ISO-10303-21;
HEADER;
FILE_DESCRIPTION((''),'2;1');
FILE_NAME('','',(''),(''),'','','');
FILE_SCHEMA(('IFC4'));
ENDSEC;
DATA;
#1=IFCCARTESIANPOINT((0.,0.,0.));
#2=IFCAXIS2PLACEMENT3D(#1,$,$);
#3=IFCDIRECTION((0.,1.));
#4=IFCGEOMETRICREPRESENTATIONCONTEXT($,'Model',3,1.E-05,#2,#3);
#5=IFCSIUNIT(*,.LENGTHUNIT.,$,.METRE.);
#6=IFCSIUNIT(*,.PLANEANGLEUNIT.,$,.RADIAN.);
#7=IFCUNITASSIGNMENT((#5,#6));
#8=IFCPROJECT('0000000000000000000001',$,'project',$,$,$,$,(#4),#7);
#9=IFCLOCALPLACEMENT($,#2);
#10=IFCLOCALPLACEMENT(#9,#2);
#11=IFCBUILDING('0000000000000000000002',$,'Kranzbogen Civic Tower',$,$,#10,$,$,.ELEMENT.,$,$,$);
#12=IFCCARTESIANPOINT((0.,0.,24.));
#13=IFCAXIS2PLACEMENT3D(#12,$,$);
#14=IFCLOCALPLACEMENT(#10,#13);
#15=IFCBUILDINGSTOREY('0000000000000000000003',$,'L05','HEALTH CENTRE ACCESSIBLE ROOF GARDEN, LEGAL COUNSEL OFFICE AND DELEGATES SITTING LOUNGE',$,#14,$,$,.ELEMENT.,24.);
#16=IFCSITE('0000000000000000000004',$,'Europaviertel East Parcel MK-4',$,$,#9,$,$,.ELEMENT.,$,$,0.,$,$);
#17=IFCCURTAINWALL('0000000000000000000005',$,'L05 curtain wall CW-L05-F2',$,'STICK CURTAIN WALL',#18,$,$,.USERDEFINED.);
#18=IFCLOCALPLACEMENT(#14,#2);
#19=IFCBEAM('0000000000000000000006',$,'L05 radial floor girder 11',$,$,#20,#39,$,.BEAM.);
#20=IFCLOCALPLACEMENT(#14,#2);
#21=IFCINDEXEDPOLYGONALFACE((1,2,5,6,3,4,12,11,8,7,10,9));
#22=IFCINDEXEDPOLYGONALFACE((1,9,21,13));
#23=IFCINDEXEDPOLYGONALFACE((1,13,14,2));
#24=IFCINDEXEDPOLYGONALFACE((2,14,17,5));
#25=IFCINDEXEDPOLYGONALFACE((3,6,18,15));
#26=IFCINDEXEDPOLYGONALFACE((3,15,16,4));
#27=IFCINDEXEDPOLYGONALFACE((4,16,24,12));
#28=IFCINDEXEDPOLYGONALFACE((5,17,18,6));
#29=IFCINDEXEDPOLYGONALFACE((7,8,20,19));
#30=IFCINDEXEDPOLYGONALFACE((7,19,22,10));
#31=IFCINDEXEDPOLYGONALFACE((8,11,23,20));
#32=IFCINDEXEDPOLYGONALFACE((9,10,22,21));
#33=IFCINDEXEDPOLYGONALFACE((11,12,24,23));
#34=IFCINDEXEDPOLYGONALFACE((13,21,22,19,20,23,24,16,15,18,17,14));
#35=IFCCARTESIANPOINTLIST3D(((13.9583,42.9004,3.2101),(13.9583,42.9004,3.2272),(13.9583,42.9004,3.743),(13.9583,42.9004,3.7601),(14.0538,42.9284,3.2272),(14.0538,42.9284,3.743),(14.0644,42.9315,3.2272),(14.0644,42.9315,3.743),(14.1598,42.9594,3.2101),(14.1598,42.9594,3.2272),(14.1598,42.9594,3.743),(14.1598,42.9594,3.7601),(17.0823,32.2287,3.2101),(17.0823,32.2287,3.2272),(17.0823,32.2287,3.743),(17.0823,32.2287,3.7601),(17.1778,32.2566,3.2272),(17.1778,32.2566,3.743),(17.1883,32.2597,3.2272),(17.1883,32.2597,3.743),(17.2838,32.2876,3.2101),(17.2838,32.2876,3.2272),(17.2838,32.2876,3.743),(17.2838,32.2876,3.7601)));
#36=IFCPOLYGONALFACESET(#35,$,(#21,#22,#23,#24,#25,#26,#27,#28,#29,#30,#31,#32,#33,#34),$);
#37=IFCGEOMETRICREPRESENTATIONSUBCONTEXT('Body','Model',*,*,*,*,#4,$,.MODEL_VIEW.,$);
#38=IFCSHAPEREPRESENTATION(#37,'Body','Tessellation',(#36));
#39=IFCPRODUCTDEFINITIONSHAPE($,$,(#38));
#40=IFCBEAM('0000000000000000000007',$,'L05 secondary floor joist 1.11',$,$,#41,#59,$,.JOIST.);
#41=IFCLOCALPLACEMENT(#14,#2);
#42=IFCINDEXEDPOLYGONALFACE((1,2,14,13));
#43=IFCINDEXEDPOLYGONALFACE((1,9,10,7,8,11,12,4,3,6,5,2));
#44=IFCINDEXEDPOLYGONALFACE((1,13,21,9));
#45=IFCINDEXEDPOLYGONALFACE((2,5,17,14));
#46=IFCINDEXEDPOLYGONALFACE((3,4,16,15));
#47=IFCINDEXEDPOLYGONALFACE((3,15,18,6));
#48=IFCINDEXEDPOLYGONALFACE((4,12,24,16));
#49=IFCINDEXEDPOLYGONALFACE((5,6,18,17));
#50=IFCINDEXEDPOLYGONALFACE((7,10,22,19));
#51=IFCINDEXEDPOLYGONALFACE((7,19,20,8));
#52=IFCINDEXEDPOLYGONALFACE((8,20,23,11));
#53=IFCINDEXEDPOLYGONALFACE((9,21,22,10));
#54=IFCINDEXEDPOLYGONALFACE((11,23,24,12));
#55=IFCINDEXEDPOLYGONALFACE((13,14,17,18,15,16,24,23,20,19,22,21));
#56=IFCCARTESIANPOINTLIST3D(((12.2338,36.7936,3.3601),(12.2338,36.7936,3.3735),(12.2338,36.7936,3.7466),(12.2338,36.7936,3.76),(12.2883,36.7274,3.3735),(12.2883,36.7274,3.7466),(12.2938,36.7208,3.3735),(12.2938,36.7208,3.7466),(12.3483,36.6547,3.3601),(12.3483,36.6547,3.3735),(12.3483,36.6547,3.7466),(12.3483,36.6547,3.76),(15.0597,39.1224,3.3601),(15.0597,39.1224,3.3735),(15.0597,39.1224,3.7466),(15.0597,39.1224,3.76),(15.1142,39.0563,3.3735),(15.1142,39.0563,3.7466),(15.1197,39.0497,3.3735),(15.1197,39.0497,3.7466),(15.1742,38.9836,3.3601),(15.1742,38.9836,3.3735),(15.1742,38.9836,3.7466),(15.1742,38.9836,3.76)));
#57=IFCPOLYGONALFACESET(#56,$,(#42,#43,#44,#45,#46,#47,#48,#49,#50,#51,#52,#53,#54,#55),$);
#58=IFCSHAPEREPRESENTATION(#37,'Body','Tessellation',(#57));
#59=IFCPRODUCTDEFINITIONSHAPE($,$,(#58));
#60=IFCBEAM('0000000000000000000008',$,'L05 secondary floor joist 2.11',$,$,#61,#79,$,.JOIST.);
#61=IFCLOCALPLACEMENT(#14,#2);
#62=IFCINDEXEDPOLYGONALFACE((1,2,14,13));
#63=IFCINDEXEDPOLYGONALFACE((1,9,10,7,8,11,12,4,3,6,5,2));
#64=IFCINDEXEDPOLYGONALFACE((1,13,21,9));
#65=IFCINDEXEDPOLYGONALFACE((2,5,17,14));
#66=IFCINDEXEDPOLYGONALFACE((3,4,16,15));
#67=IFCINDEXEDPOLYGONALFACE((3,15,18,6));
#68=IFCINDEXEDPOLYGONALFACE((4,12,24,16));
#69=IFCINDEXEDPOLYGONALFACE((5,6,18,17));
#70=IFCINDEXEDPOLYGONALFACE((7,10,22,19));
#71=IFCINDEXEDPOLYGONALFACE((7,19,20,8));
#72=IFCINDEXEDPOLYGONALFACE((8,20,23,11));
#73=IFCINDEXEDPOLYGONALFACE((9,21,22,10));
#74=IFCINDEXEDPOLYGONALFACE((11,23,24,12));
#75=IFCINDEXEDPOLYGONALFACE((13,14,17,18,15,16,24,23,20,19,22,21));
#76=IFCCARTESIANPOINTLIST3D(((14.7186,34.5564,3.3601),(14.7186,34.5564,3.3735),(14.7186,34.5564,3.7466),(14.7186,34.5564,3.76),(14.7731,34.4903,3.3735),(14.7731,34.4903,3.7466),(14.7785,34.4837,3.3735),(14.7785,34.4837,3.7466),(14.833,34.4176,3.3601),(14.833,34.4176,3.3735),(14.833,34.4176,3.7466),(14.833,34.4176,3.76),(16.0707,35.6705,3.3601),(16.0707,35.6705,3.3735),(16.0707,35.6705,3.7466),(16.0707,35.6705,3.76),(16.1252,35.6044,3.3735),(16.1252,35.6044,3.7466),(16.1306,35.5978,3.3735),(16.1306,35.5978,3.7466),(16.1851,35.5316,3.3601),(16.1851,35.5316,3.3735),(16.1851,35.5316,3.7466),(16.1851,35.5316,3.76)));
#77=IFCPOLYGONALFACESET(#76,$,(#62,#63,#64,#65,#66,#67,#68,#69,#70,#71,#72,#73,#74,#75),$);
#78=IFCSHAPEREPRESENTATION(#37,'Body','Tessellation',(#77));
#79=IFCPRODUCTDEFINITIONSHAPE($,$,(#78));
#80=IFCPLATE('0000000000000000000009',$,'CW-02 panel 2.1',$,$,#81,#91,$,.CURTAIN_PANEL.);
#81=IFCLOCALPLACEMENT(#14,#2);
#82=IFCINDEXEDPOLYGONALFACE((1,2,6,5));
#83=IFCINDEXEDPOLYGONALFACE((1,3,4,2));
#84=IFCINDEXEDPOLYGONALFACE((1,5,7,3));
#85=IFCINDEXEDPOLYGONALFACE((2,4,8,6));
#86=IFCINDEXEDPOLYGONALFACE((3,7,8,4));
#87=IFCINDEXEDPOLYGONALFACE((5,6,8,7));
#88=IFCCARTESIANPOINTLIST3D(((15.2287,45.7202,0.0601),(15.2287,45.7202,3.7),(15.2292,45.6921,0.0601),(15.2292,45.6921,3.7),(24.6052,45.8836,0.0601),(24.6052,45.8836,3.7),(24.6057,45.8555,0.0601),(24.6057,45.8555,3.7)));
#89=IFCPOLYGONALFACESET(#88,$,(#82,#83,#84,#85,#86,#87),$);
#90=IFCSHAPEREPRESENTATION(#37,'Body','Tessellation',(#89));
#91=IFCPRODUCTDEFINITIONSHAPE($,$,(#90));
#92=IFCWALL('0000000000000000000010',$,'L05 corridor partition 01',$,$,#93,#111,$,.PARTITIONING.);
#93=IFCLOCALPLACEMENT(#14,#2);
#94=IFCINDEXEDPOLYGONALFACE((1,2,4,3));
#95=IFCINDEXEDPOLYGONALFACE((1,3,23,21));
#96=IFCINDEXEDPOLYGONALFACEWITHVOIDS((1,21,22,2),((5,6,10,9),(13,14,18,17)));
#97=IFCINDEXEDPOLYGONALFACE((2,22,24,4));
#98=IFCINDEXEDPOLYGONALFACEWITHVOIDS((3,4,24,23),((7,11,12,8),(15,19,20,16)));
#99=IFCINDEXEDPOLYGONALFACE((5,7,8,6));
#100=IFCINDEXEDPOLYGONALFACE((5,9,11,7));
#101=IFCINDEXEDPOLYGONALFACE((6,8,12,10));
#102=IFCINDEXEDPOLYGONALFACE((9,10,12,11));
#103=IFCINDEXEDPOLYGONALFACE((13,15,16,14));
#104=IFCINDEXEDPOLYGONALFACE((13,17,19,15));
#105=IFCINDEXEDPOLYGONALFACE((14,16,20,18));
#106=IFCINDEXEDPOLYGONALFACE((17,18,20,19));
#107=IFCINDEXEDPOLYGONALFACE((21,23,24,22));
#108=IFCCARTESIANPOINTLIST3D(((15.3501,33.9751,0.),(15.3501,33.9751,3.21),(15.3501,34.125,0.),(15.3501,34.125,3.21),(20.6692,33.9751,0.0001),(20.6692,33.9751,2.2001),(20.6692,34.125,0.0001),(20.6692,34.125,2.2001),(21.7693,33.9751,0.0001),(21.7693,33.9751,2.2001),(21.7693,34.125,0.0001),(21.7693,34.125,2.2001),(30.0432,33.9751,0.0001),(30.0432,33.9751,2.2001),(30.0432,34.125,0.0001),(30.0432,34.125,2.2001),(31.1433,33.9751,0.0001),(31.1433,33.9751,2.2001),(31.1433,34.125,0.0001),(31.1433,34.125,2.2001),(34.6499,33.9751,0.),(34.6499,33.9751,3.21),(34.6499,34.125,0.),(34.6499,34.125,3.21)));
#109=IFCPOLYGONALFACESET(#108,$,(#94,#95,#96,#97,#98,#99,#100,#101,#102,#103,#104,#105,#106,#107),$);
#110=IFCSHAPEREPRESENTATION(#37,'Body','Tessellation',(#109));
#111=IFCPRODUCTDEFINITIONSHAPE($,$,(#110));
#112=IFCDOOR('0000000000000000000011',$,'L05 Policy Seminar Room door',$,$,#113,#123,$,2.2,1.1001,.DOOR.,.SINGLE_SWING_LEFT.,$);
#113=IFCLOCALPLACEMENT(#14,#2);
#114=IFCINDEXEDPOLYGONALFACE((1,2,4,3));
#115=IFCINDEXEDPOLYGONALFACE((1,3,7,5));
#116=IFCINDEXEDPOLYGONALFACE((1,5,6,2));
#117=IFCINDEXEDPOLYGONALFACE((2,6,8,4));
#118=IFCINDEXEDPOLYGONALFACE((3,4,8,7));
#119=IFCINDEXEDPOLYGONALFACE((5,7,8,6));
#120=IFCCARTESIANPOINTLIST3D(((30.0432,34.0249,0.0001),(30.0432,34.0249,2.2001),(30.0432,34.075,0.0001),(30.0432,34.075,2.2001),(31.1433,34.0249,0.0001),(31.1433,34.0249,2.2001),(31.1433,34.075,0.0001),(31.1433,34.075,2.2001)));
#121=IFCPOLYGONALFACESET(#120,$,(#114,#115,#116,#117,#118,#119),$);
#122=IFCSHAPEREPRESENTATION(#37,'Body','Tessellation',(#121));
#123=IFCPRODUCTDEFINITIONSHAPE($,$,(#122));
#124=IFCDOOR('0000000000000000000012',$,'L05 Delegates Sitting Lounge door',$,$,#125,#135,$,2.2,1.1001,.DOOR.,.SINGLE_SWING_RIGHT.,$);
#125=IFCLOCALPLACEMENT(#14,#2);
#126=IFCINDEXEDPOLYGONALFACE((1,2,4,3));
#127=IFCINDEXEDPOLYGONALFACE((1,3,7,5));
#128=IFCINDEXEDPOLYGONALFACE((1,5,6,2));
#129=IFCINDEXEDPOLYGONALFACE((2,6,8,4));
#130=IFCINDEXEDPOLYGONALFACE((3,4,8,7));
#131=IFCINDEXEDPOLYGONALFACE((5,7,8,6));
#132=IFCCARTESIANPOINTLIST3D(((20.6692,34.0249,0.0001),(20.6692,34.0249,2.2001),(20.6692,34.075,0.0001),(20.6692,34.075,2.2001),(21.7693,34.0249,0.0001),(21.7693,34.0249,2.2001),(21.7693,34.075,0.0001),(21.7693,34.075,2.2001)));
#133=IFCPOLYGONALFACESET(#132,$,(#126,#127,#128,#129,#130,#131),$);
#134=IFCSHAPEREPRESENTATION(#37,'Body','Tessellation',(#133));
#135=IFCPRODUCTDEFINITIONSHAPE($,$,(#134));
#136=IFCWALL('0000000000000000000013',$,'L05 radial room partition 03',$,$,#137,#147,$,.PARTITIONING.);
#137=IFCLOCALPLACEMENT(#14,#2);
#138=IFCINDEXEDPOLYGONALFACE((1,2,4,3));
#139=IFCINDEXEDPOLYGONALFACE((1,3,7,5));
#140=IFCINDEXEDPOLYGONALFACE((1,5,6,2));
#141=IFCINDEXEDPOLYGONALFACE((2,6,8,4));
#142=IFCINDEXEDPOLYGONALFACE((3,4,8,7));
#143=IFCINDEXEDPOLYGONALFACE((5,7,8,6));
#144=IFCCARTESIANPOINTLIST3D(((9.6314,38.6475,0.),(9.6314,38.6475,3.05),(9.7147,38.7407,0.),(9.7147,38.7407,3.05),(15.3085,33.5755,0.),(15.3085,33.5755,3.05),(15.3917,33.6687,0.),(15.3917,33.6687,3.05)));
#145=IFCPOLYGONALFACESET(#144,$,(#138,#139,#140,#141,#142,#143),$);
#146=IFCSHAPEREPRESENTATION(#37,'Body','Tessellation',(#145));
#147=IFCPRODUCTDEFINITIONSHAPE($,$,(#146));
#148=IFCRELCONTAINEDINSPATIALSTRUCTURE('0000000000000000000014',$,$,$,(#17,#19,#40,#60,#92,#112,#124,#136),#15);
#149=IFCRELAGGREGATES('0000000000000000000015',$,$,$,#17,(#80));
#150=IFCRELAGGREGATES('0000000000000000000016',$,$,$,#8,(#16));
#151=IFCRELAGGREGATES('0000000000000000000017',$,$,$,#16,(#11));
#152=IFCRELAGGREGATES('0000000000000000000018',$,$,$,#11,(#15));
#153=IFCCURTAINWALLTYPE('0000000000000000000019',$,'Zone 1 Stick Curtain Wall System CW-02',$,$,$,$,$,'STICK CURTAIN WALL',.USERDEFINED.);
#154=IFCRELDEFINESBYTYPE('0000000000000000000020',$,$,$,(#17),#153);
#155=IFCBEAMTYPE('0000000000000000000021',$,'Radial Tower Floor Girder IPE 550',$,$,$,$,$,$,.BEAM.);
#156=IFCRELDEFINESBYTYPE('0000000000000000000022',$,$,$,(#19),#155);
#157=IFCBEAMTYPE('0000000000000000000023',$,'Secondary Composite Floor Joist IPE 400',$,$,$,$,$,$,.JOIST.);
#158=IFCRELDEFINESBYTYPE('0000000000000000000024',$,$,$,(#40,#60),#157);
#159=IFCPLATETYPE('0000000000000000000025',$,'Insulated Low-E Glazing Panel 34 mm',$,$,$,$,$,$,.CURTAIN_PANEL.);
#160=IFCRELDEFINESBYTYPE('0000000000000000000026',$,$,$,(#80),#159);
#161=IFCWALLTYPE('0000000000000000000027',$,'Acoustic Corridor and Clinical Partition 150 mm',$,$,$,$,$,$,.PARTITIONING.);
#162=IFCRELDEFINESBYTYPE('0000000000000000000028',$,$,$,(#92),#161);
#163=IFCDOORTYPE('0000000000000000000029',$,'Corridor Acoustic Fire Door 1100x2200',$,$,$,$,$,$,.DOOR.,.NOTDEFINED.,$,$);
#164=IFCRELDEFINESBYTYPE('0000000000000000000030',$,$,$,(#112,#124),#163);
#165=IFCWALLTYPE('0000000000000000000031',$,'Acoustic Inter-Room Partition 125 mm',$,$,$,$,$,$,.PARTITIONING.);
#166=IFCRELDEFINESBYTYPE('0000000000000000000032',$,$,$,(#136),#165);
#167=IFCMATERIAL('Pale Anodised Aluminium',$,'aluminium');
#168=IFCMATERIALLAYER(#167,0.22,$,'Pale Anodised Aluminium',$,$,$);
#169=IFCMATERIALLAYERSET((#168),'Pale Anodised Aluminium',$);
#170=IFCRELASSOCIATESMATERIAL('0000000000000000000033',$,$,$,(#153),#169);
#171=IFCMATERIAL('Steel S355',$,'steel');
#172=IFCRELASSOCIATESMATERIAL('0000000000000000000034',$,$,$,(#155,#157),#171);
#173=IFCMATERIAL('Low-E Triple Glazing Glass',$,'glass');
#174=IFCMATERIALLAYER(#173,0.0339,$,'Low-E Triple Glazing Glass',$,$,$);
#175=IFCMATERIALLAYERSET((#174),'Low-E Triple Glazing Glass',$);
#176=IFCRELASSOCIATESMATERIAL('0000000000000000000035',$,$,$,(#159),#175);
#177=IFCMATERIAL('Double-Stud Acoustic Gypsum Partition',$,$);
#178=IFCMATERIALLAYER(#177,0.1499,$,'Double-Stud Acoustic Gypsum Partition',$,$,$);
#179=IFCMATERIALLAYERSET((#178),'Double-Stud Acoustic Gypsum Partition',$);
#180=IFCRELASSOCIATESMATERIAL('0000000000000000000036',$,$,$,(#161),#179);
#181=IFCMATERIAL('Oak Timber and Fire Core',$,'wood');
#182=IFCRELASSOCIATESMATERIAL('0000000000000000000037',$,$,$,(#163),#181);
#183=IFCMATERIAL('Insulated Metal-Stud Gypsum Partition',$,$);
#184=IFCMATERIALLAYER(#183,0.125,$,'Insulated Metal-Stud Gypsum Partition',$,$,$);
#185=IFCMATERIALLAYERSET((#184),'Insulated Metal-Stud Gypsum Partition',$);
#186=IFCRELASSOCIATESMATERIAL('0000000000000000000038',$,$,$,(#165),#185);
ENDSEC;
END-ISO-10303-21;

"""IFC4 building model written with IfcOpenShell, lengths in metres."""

from ifc_helpers import new_model, si_unit, direction, frame, frame_2d, origin, origin_2d, place, context, subcontext, project, spatial, rectangle, i_section, extrude, material, layer, layer_set, material_profile, profile_set, type_object, element, fill, aggregate, save


model = new_model("IFC4")

# Units and contexts
model_context = context("Model", 3, precision=1e-05, world=origin(), true_north=direction((0.0, 1.0)))
body_context = subcontext(model_context, "Body", "Model", "MODEL_VIEW")
ifc_project = project(units=[si_unit("LENGTHUNIT", "METRE"), si_unit("PLANEANGLEUNIT", "RADIAN")], contexts=[model_context])

# Site, building, storey
site_placement = place(None, origin())
site = spatial("IfcSite", under=ifc_project, at=site_placement, Name="Europaviertel East Parcel MK-4", CompositionType="ELEMENT", RefElevation=0.0)
building_placement = place(site_placement, origin())
building = spatial("IfcBuilding", under=site, at=building_placement, Name="Kranzbogen Civic Tower", CompositionType="ELEMENT")
storey_placement = place(building_placement, frame((0.0, 0.0, 24.0)))
storey = spatial("IfcBuildingStorey", under=building, at=storey_placement, Name="L05", Description="HEALTH CENTRE ACCESSIBLE ROOF GARDEN, LEGAL COUNSEL OFFICE AND DELEGATES SITTING LOUNGE", CompositionType="ELEMENT", Elevation=24.0)

# Curtain wall
ifc_material_1 = material(Name="Pale Anodised Aluminium", Category="aluminium")
ifc_layer_1 = layer(ifc_material_1, 0.22, Name="Pale Anodised Aluminium")
ifc_layer_set_1 = layer_set([ifc_layer_1], Name="Pale Anodised Aluminium")
curtain_wall_type = type_object("IfcCurtainWallType", Name="Zone 1 Stick Curtain Wall System CW-02", ElementType="STICK CURTAIN WALL", PredefinedType="USERDEFINED", material=ifc_layer_set_1)
curtain_wall_placement = place(storey_placement, origin())
curtain_wall = element("IfcCurtainWall", 1, at=curtain_wall_placement, inside=storey, type_object=curtain_wall_type, Name="L05 curtain wall CW-L05-F2", ObjectType="STICK CURTAIN WALL", PredefinedType="USERDEFINED")

# Beams
ifc_material_2 = material(Name="Steel S355", Category="steel")
ifc_material_profile_1 = material_profile(ifc_material_2, i_section(OverallWidth=0.21, OverallDepth=0.55, WebThickness=0.011, FlangeThickness=0.0171, at=origin_2d()), Name="IPE 550")
ifc_profile_set_1 = profile_set([ifc_material_profile_1], Name="Steel S355")
beam_type_1 = type_object("IfcBeamType", Name="Radial Tower Floor Girder IPE 550", PredefinedType="BEAM", material=ifc_profile_set_1)
beam_1_placement = place(storey_placement, frame((14.0591, 42.9299, 3.4851), z_axis=(0.280944, -0.959724, 0.0), x_axis=(0.959724, 0.280944, 0.0)))
element("IfcBeam", 2, at=beam_1_placement, inside=storey, type_object=beam_type_1, Name="L05 radial floor girder 11", PredefinedType="BEAM", context=body_context, shape_type="SweptSolid", body=[
    extrude(i_section(OverallWidth=0.21, OverallDepth=0.55, WebThickness=0.011, FlangeThickness=0.0171, at=origin_2d()), origin(), (0.0, 0.0, 1.0), 11.1196),
])
ifc_material_profile_2 = material_profile(ifc_material_2, i_section(OverallWidth=0.1799, OverallDepth=0.3999, WebThickness=0.0085, FlangeThickness=0.0134, at=origin_2d()), Name="IPE 400")
ifc_profile_set_2 = profile_set([ifc_material_profile_2], Name="Steel S355")
beam_type_2 = type_object("IfcBeamType", Name="Secondary Composite Floor Joist IPE 400", PredefinedType="JOIST", material=ifc_profile_set_2)
beam_2_placement = place(storey_placement, frame((15.1169, 39.053, 3.5601), z_axis=(-0.771713, -0.635971, 0.0), x_axis=(0.635971, -0.771713, 0.0)))
element("IfcBeam", 3, at=beam_2_placement, inside=storey, type_object=beam_type_2, Name="L05 secondary floor joist 1.11", PredefinedType="JOIST", context=body_context, shape_type="SweptSolid", body=[
    extrude(i_section(OverallWidth=0.1799, OverallDepth=0.3999, WebThickness=0.0085, FlangeThickness=0.0134, at=origin_2d()), origin(), (0.0, 0.0, 1.0), 3.6619),
])
beam_3_placement = place(storey_placement, frame((16.1279, 35.6011, 3.5601), z_axis=(-0.771773, -0.635898, 0.0), x_axis=(0.635898, -0.771773, 0.0)))
element("IfcBeam", 4, at=beam_3_placement, inside=storey, type_object=beam_type_2, Name="L05 secondary floor joist 2.11", PredefinedType="JOIST", context=body_context, shape_type="SweptSolid", body=[
    extrude(i_section(OverallWidth=0.1799, OverallDepth=0.3999, WebThickness=0.0085, FlangeThickness=0.0134, at=origin_2d()), origin(), (0.0, 0.0, 1.0), 1.752),
])

# Plate
ifc_material_3 = material(Name="Low-E Triple Glazing Glass", Category="glass")
ifc_layer_2 = layer(ifc_material_3, 0.0339, Name="Low-E Triple Glazing Glass")
ifc_layer_set_2 = layer_set([ifc_layer_2], Name="Low-E Triple Glazing Glass")
plate_type = type_object("IfcPlateType", Name="Insulated Low-E Glazing Panel 34 mm", PredefinedType="CURTAIN_PANEL", material=ifc_layer_set_2)
plate_placement = place(storey_placement, frame((19.9172, 45.7878, 0.0601), z_axis=(0.0, 0.0, 1.0), x_axis=(-0.999848, -0.017427, 0.0)))
plate = element("IfcPlate", 5, at=plate_placement, type_object=plate_type, Name="CW-02 panel 2.1", PredefinedType="CURTAIN_PANEL", context=body_context, shape_type="SweptSolid", body=[
    extrude(rectangle(XDim=9.3779, YDim=0.0281, at=origin_2d()), origin(), (0.0, 0.0, 1.0), 3.6399),
])
aggregate(curtain_wall, [plate])

# Wall, openings, doors
ifc_material_4 = material(Name="Double-Stud Acoustic Gypsum Partition")
ifc_layer_3 = layer(ifc_material_4, 0.1499, Name="Double-Stud Acoustic Gypsum Partition")
ifc_layer_set_3 = layer_set([ifc_layer_3], Name="Double-Stud Acoustic Gypsum Partition")
wall_type_1 = type_object("IfcWallType", Name="Acoustic Corridor and Clinical Partition 150 mm", PredefinedType="PARTITIONING", material=ifc_layer_set_3)
wall_1_placement = place(storey_placement, frame((15.3501, 34.05, 0.0), z_axis=(0.0, 0.0, 1.0), x_axis=(1.0, 0.0, 0.0)))
wall_1 = element("IfcWall", 6, at=wall_1_placement, inside=storey, type_object=wall_type_1, Name="L05 corridor partition 01", PredefinedType="PARTITIONING", context=body_context, shape_type="SweptSolid", body=[
    extrude(rectangle(XDim=19.2998, YDim=0.1499, at=frame_2d((9.6499, 0.0))), origin(), (0.0, 0.0, 1.0), 3.21),
])
opening_1_placement = place(wall_1_placement, frame((14.6931, 0.0, 0.0)))
opening_1 = element("IfcOpeningElement", 7, at=opening_1_placement, cuts=wall_1, PredefinedType="OPENING", context=body_context, shape_type="SweptSolid", body=[
    extrude(rectangle(XDim=1.1001, YDim=2.2, at=frame_2d((0.55, 1.1001))), frame((0.0, 0.085, 0.0), z_axis=(0.0, -1.0, 0.0), x_axis=(1.0, 0.0, 0.0)), (0.0, 0.0, 1.0), 0.1699),
])
opening_2_placement = place(wall_1_placement, frame((5.3191, 0.0, 0.0)))
opening_2 = element("IfcOpeningElement", 8, at=opening_2_placement, cuts=wall_1, PredefinedType="OPENING", context=body_context, shape_type="SweptSolid", body=[
    extrude(rectangle(XDim=1.1001, YDim=2.2, at=frame_2d((0.55, 1.1001))), frame((0.0, 0.085, 0.0), z_axis=(0.0, -1.0, 0.0), x_axis=(1.0, 0.0, 0.0)), (0.0, 0.0, 1.0), 0.1699),
])
ifc_material_5 = material(Name="Oak Timber and Fire Core", Category="wood")
door_type_1 = type_object("IfcDoorType", Name="Corridor Acoustic Fire Door 1100x2200", OperationType="NOTDEFINED", PredefinedType="DOOR", material=ifc_material_5)
door_1_placement = place(opening_1_placement, origin())
door_1 = element("IfcDoor", 9, at=door_1_placement, inside=storey, type_object=door_type_1, Name="L05 Policy Seminar Room door", OperationType="SINGLE_SWING_LEFT", OverallHeight=2.2, OverallWidth=1.1001, PredefinedType="DOOR", context=body_context, shape_type="SweptSolid", body=[
    extrude(rectangle(XDim=1.1001, YDim=2.2, at=frame_2d((0.55, 1.1001))), frame((0.0, 0.0249, 0.0), z_axis=(0.0, -1.0, 0.0), x_axis=(1.0, 0.0, 0.0)), (0.0, 0.0, 1.0), 0.05),
])
fill(opening_1, door_1)
door_2_placement = place(opening_2_placement, origin())
door_2 = element("IfcDoor", 10, at=door_2_placement, inside=storey, type_object=door_type_1, Name="L05 Delegates Sitting Lounge door", OperationType="SINGLE_SWING_RIGHT", OverallHeight=2.2, OverallWidth=1.1001, PredefinedType="DOOR", context=body_context, shape_type="SweptSolid", body=[
    extrude(rectangle(XDim=1.1001, YDim=2.2, at=frame_2d((0.55, 1.1001))), frame((0.0, 0.0249, 0.0), z_axis=(0.0, -1.0, 0.0), x_axis=(1.0, 0.0, 0.0)), (0.0, 0.0, 1.0), 0.05),
])
fill(opening_2, door_2)

# Wall
ifc_material_6 = material(Name="Insulated Metal-Stud Gypsum Partition")
ifc_layer_4 = layer(ifc_material_6, 0.125, Name="Insulated Metal-Stud Gypsum Partition")
ifc_layer_set_4 = layer_set([ifc_layer_4], Name="Insulated Metal-Stud Gypsum Partition")
wall_type_2 = type_object("IfcWallType", Name="Acoustic Inter-Room Partition 125 mm", PredefinedType="PARTITIONING", material=ifc_layer_set_4)
wall_2_placement = place(storey_placement, frame((15.3501, 33.6221, 0.0), z_axis=(0.0, 0.0, 1.0), x_axis=(-0.745724, 0.666255, 0.0)))
element("IfcWall", 11, at=wall_2_placement, inside=storey, type_object=wall_type_2, Name="L05 radial room partition 03", PredefinedType="PARTITIONING", context=body_context, shape_type="SweptSolid", body=[
    extrude(rectangle(XDim=7.6128, YDim=0.125, at=frame_2d((3.8064, 0.0))), origin(), (0.0, 0.0, 1.0), 3.05),
])

save(model, "model.ifc")
